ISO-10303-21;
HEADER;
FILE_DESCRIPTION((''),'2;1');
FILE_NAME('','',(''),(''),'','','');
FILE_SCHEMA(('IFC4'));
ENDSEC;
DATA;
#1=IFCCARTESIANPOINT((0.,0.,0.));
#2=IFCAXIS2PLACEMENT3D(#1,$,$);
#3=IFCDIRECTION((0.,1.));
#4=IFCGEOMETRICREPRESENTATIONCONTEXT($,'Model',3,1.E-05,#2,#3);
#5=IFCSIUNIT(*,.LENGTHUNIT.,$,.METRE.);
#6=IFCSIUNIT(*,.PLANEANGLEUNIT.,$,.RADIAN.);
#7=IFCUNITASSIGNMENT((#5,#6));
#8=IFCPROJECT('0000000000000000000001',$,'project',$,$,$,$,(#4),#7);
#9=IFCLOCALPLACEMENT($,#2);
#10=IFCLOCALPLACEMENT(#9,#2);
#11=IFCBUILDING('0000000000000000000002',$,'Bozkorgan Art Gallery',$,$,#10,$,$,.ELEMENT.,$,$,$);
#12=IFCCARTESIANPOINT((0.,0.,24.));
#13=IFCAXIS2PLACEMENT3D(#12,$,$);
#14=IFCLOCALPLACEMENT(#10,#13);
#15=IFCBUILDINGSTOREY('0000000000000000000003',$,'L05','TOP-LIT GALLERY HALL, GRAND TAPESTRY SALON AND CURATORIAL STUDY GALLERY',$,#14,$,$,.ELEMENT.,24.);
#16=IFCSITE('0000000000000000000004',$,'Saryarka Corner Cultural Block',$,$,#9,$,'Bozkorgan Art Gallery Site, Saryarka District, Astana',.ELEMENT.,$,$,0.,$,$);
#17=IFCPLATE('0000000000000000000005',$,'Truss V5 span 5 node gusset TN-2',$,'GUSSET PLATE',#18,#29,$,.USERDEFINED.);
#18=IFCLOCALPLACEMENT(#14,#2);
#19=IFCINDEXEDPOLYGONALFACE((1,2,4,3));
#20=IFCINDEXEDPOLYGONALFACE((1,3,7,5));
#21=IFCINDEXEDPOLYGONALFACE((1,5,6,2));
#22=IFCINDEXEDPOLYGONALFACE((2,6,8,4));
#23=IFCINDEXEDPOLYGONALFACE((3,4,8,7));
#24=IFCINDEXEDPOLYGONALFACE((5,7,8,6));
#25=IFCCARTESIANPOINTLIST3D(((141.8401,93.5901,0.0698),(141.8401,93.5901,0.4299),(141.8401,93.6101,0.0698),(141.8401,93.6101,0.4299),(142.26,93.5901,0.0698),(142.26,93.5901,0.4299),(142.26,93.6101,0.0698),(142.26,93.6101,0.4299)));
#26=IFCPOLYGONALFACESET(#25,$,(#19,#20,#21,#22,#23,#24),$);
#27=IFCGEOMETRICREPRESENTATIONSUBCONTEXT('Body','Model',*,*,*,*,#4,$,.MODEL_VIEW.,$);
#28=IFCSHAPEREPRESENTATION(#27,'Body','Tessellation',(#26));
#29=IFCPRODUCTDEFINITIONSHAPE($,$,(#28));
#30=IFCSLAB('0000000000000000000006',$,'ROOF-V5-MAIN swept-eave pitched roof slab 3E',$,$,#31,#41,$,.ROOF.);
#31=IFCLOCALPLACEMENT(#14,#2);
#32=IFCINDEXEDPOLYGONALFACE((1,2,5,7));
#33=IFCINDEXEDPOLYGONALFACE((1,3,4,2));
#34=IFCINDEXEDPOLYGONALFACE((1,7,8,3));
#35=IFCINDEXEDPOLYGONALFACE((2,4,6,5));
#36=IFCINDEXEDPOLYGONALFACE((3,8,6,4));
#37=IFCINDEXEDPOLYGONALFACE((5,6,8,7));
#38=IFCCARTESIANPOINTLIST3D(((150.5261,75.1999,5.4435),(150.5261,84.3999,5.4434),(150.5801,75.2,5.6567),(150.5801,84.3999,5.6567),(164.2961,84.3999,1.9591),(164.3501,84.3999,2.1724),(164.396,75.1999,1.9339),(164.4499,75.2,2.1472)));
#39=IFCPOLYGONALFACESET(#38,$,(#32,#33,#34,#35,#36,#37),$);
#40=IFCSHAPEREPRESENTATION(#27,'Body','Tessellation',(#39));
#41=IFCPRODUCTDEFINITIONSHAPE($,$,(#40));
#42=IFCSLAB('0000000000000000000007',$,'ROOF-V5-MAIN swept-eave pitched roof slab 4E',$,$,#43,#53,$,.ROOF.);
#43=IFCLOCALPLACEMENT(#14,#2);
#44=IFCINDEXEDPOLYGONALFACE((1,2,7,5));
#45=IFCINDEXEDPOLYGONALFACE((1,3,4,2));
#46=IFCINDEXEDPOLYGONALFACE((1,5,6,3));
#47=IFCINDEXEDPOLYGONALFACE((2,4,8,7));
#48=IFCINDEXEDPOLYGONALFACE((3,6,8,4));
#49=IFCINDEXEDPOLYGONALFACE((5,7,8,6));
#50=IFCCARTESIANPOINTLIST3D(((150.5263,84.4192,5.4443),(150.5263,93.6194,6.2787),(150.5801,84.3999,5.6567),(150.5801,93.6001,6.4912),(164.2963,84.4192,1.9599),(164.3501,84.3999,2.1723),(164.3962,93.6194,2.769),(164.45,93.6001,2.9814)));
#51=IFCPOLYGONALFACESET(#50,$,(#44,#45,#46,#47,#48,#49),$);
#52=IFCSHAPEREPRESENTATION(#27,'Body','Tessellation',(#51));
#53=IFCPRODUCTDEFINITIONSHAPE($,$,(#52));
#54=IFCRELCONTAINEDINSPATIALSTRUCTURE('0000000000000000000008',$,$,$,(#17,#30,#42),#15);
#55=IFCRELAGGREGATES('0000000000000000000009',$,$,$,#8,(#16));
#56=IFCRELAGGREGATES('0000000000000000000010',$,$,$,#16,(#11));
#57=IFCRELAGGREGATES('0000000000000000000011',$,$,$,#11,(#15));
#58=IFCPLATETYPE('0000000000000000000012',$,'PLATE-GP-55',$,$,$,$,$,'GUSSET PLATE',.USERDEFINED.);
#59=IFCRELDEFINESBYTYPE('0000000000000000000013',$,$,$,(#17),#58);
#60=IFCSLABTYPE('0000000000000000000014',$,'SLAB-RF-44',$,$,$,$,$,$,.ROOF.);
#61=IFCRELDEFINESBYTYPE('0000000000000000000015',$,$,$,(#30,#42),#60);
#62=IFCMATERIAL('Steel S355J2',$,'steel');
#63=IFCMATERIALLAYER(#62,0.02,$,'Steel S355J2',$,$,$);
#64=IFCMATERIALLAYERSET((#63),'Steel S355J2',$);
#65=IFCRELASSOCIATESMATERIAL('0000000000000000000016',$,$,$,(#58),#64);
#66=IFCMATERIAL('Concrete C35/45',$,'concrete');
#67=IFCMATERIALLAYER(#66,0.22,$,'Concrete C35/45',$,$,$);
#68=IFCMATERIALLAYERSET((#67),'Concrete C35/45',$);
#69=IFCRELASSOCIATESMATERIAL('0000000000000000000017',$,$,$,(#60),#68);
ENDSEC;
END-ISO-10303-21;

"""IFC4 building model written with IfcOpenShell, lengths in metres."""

from ifc_helpers import new_model, si_unit, direction, frame, origin, origin_2d, place, context, subcontext, project, spatial, polyline, rectangle, outline, extrude, material, layer, layer_set, type_object, element, save


model = new_model("IFC4")

# Units and contexts
model_context = context("Model", 3, precision=1e-05, world=origin(), true_north=direction((0.0, 1.0)))
body_context = subcontext(model_context, "Body", "Model", "MODEL_VIEW")
ifc_project = project(units=[si_unit("LENGTHUNIT", "METRE"), si_unit("PLANEANGLEUNIT", "RADIAN")], contexts=[model_context])

# Site, building, storey
site_placement = place(None, origin())
site = spatial("IfcSite", under=ifc_project, at=site_placement, Name="Saryarka Corner Cultural Block", LongName="Bozkorgan Art Gallery Site, Saryarka District, Astana", CompositionType="ELEMENT", RefElevation=0.0)
building_placement = place(site_placement, origin())
building = spatial("IfcBuilding", under=site, at=building_placement, Name="Bozkorgan Art Gallery", CompositionType="ELEMENT")
storey_placement = place(building_placement, frame((0.0, 0.0, 24.0)))
storey = spatial("IfcBuildingStorey", under=building, at=storey_placement, Name="L05", Description="TOP-LIT GALLERY HALL, GRAND TAPESTRY SALON AND CURATORIAL STUDY GALLERY", CompositionType="ELEMENT", Elevation=24.0)

# Shared definitions
ifc_material_1 = material(Name="Steel S355J2", Category="steel")

# Plate
ifc_layer_1 = layer(ifc_material_1, 0.02, Name="Steel S355J2")
ifc_layer_set_1 = layer_set([ifc_layer_1], Name="Steel S355J2")
plate_type_1 = type_object("IfcPlateType", Name="PLATE-GP-55", ElementType="GUSSET PLATE", PredefinedType="USERDEFINED", material=ifc_layer_set_1)
for number, where, z_axis, x_axis, name in (
    (1, (142.05, 93.6001, 0.0698), (0.0, 0.0, 1.0), (1.0, 0.0, 0.0), "Truss V5 span 5 node gusset TN-2"),
):
    element("IfcPlate", number, at=place(storey_placement, frame(where, z_axis=z_axis, x_axis=x_axis)), inside=storey, type_object=plate_type_1, Name=name, ObjectType="GUSSET PLATE", PredefinedType="USERDEFINED", context=body_context, shape_type="SweptSolid", body=[
        extrude(rectangle(XDim=0.4199, YDim=0.02, at=origin_2d()), origin(), (0.0, 0.0, 1.0), 0.3601),
    ])

# Slabs
ifc_material_2 = material(Name="Concrete C35/45", Category="concrete")
ifc_layer_2 = layer(ifc_material_2, 0.22, Name="Concrete C35/45")
ifc_layer_set_2 = layer_set([ifc_layer_2], Name="Concrete C35/45")
slab_type = type_object("IfcSlabType", Name="SLAB-RF-44", PredefinedType="ROOF", material=ifc_layer_set_2)
slab_1_placement = place(storey_placement, frame((150.5801, 75.2, 5.6567), z_axis=(0.245305, 0.000006, 0.969446), x_axis=(0.969446, 0.0, -0.245305)))
element("IfcSlab", 2, at=slab_1_placement, inside=storey, type_object=slab_type, Name="ROOF-V5-MAIN swept-eave pitched roof slab 3E", PredefinedType="ROOF", context=body_context, shape_type="SweptSolid", body=[
    extrude(outline(polyline([(0.0, 0.0), (14.307, 0.0), (14.204, 9.2), (0.0, 9.2), (0.0, 0.0)])), origin(), (0.0, 0.0, -1.0), 0.22),
])
slab_2_placement = place(storey_placement, frame((150.5801, 84.3999, 5.6567), z_axis=(0.24437, -0.087586, 0.965718), x_axis=(0.969444, 0.0, -0.245313)))
element("IfcSlab", 3, at=slab_2_placement, inside=storey, type_object=slab_type, Name="ROOF-V5-MAIN swept-eave pitched roof slab 4E", PredefinedType="ROOF", context=body_context, shape_type="SweptSolid", body=[
    extrude(outline(polyline([(0.0, 0.0), (14.204, 0.0), (14.1024, 9.2357), (-0.2047, 9.2357), (0.0, 0.0)])), origin(), (0.0, 0.0, -1.0), 0.22),
])

save(model, "model.ifc")
